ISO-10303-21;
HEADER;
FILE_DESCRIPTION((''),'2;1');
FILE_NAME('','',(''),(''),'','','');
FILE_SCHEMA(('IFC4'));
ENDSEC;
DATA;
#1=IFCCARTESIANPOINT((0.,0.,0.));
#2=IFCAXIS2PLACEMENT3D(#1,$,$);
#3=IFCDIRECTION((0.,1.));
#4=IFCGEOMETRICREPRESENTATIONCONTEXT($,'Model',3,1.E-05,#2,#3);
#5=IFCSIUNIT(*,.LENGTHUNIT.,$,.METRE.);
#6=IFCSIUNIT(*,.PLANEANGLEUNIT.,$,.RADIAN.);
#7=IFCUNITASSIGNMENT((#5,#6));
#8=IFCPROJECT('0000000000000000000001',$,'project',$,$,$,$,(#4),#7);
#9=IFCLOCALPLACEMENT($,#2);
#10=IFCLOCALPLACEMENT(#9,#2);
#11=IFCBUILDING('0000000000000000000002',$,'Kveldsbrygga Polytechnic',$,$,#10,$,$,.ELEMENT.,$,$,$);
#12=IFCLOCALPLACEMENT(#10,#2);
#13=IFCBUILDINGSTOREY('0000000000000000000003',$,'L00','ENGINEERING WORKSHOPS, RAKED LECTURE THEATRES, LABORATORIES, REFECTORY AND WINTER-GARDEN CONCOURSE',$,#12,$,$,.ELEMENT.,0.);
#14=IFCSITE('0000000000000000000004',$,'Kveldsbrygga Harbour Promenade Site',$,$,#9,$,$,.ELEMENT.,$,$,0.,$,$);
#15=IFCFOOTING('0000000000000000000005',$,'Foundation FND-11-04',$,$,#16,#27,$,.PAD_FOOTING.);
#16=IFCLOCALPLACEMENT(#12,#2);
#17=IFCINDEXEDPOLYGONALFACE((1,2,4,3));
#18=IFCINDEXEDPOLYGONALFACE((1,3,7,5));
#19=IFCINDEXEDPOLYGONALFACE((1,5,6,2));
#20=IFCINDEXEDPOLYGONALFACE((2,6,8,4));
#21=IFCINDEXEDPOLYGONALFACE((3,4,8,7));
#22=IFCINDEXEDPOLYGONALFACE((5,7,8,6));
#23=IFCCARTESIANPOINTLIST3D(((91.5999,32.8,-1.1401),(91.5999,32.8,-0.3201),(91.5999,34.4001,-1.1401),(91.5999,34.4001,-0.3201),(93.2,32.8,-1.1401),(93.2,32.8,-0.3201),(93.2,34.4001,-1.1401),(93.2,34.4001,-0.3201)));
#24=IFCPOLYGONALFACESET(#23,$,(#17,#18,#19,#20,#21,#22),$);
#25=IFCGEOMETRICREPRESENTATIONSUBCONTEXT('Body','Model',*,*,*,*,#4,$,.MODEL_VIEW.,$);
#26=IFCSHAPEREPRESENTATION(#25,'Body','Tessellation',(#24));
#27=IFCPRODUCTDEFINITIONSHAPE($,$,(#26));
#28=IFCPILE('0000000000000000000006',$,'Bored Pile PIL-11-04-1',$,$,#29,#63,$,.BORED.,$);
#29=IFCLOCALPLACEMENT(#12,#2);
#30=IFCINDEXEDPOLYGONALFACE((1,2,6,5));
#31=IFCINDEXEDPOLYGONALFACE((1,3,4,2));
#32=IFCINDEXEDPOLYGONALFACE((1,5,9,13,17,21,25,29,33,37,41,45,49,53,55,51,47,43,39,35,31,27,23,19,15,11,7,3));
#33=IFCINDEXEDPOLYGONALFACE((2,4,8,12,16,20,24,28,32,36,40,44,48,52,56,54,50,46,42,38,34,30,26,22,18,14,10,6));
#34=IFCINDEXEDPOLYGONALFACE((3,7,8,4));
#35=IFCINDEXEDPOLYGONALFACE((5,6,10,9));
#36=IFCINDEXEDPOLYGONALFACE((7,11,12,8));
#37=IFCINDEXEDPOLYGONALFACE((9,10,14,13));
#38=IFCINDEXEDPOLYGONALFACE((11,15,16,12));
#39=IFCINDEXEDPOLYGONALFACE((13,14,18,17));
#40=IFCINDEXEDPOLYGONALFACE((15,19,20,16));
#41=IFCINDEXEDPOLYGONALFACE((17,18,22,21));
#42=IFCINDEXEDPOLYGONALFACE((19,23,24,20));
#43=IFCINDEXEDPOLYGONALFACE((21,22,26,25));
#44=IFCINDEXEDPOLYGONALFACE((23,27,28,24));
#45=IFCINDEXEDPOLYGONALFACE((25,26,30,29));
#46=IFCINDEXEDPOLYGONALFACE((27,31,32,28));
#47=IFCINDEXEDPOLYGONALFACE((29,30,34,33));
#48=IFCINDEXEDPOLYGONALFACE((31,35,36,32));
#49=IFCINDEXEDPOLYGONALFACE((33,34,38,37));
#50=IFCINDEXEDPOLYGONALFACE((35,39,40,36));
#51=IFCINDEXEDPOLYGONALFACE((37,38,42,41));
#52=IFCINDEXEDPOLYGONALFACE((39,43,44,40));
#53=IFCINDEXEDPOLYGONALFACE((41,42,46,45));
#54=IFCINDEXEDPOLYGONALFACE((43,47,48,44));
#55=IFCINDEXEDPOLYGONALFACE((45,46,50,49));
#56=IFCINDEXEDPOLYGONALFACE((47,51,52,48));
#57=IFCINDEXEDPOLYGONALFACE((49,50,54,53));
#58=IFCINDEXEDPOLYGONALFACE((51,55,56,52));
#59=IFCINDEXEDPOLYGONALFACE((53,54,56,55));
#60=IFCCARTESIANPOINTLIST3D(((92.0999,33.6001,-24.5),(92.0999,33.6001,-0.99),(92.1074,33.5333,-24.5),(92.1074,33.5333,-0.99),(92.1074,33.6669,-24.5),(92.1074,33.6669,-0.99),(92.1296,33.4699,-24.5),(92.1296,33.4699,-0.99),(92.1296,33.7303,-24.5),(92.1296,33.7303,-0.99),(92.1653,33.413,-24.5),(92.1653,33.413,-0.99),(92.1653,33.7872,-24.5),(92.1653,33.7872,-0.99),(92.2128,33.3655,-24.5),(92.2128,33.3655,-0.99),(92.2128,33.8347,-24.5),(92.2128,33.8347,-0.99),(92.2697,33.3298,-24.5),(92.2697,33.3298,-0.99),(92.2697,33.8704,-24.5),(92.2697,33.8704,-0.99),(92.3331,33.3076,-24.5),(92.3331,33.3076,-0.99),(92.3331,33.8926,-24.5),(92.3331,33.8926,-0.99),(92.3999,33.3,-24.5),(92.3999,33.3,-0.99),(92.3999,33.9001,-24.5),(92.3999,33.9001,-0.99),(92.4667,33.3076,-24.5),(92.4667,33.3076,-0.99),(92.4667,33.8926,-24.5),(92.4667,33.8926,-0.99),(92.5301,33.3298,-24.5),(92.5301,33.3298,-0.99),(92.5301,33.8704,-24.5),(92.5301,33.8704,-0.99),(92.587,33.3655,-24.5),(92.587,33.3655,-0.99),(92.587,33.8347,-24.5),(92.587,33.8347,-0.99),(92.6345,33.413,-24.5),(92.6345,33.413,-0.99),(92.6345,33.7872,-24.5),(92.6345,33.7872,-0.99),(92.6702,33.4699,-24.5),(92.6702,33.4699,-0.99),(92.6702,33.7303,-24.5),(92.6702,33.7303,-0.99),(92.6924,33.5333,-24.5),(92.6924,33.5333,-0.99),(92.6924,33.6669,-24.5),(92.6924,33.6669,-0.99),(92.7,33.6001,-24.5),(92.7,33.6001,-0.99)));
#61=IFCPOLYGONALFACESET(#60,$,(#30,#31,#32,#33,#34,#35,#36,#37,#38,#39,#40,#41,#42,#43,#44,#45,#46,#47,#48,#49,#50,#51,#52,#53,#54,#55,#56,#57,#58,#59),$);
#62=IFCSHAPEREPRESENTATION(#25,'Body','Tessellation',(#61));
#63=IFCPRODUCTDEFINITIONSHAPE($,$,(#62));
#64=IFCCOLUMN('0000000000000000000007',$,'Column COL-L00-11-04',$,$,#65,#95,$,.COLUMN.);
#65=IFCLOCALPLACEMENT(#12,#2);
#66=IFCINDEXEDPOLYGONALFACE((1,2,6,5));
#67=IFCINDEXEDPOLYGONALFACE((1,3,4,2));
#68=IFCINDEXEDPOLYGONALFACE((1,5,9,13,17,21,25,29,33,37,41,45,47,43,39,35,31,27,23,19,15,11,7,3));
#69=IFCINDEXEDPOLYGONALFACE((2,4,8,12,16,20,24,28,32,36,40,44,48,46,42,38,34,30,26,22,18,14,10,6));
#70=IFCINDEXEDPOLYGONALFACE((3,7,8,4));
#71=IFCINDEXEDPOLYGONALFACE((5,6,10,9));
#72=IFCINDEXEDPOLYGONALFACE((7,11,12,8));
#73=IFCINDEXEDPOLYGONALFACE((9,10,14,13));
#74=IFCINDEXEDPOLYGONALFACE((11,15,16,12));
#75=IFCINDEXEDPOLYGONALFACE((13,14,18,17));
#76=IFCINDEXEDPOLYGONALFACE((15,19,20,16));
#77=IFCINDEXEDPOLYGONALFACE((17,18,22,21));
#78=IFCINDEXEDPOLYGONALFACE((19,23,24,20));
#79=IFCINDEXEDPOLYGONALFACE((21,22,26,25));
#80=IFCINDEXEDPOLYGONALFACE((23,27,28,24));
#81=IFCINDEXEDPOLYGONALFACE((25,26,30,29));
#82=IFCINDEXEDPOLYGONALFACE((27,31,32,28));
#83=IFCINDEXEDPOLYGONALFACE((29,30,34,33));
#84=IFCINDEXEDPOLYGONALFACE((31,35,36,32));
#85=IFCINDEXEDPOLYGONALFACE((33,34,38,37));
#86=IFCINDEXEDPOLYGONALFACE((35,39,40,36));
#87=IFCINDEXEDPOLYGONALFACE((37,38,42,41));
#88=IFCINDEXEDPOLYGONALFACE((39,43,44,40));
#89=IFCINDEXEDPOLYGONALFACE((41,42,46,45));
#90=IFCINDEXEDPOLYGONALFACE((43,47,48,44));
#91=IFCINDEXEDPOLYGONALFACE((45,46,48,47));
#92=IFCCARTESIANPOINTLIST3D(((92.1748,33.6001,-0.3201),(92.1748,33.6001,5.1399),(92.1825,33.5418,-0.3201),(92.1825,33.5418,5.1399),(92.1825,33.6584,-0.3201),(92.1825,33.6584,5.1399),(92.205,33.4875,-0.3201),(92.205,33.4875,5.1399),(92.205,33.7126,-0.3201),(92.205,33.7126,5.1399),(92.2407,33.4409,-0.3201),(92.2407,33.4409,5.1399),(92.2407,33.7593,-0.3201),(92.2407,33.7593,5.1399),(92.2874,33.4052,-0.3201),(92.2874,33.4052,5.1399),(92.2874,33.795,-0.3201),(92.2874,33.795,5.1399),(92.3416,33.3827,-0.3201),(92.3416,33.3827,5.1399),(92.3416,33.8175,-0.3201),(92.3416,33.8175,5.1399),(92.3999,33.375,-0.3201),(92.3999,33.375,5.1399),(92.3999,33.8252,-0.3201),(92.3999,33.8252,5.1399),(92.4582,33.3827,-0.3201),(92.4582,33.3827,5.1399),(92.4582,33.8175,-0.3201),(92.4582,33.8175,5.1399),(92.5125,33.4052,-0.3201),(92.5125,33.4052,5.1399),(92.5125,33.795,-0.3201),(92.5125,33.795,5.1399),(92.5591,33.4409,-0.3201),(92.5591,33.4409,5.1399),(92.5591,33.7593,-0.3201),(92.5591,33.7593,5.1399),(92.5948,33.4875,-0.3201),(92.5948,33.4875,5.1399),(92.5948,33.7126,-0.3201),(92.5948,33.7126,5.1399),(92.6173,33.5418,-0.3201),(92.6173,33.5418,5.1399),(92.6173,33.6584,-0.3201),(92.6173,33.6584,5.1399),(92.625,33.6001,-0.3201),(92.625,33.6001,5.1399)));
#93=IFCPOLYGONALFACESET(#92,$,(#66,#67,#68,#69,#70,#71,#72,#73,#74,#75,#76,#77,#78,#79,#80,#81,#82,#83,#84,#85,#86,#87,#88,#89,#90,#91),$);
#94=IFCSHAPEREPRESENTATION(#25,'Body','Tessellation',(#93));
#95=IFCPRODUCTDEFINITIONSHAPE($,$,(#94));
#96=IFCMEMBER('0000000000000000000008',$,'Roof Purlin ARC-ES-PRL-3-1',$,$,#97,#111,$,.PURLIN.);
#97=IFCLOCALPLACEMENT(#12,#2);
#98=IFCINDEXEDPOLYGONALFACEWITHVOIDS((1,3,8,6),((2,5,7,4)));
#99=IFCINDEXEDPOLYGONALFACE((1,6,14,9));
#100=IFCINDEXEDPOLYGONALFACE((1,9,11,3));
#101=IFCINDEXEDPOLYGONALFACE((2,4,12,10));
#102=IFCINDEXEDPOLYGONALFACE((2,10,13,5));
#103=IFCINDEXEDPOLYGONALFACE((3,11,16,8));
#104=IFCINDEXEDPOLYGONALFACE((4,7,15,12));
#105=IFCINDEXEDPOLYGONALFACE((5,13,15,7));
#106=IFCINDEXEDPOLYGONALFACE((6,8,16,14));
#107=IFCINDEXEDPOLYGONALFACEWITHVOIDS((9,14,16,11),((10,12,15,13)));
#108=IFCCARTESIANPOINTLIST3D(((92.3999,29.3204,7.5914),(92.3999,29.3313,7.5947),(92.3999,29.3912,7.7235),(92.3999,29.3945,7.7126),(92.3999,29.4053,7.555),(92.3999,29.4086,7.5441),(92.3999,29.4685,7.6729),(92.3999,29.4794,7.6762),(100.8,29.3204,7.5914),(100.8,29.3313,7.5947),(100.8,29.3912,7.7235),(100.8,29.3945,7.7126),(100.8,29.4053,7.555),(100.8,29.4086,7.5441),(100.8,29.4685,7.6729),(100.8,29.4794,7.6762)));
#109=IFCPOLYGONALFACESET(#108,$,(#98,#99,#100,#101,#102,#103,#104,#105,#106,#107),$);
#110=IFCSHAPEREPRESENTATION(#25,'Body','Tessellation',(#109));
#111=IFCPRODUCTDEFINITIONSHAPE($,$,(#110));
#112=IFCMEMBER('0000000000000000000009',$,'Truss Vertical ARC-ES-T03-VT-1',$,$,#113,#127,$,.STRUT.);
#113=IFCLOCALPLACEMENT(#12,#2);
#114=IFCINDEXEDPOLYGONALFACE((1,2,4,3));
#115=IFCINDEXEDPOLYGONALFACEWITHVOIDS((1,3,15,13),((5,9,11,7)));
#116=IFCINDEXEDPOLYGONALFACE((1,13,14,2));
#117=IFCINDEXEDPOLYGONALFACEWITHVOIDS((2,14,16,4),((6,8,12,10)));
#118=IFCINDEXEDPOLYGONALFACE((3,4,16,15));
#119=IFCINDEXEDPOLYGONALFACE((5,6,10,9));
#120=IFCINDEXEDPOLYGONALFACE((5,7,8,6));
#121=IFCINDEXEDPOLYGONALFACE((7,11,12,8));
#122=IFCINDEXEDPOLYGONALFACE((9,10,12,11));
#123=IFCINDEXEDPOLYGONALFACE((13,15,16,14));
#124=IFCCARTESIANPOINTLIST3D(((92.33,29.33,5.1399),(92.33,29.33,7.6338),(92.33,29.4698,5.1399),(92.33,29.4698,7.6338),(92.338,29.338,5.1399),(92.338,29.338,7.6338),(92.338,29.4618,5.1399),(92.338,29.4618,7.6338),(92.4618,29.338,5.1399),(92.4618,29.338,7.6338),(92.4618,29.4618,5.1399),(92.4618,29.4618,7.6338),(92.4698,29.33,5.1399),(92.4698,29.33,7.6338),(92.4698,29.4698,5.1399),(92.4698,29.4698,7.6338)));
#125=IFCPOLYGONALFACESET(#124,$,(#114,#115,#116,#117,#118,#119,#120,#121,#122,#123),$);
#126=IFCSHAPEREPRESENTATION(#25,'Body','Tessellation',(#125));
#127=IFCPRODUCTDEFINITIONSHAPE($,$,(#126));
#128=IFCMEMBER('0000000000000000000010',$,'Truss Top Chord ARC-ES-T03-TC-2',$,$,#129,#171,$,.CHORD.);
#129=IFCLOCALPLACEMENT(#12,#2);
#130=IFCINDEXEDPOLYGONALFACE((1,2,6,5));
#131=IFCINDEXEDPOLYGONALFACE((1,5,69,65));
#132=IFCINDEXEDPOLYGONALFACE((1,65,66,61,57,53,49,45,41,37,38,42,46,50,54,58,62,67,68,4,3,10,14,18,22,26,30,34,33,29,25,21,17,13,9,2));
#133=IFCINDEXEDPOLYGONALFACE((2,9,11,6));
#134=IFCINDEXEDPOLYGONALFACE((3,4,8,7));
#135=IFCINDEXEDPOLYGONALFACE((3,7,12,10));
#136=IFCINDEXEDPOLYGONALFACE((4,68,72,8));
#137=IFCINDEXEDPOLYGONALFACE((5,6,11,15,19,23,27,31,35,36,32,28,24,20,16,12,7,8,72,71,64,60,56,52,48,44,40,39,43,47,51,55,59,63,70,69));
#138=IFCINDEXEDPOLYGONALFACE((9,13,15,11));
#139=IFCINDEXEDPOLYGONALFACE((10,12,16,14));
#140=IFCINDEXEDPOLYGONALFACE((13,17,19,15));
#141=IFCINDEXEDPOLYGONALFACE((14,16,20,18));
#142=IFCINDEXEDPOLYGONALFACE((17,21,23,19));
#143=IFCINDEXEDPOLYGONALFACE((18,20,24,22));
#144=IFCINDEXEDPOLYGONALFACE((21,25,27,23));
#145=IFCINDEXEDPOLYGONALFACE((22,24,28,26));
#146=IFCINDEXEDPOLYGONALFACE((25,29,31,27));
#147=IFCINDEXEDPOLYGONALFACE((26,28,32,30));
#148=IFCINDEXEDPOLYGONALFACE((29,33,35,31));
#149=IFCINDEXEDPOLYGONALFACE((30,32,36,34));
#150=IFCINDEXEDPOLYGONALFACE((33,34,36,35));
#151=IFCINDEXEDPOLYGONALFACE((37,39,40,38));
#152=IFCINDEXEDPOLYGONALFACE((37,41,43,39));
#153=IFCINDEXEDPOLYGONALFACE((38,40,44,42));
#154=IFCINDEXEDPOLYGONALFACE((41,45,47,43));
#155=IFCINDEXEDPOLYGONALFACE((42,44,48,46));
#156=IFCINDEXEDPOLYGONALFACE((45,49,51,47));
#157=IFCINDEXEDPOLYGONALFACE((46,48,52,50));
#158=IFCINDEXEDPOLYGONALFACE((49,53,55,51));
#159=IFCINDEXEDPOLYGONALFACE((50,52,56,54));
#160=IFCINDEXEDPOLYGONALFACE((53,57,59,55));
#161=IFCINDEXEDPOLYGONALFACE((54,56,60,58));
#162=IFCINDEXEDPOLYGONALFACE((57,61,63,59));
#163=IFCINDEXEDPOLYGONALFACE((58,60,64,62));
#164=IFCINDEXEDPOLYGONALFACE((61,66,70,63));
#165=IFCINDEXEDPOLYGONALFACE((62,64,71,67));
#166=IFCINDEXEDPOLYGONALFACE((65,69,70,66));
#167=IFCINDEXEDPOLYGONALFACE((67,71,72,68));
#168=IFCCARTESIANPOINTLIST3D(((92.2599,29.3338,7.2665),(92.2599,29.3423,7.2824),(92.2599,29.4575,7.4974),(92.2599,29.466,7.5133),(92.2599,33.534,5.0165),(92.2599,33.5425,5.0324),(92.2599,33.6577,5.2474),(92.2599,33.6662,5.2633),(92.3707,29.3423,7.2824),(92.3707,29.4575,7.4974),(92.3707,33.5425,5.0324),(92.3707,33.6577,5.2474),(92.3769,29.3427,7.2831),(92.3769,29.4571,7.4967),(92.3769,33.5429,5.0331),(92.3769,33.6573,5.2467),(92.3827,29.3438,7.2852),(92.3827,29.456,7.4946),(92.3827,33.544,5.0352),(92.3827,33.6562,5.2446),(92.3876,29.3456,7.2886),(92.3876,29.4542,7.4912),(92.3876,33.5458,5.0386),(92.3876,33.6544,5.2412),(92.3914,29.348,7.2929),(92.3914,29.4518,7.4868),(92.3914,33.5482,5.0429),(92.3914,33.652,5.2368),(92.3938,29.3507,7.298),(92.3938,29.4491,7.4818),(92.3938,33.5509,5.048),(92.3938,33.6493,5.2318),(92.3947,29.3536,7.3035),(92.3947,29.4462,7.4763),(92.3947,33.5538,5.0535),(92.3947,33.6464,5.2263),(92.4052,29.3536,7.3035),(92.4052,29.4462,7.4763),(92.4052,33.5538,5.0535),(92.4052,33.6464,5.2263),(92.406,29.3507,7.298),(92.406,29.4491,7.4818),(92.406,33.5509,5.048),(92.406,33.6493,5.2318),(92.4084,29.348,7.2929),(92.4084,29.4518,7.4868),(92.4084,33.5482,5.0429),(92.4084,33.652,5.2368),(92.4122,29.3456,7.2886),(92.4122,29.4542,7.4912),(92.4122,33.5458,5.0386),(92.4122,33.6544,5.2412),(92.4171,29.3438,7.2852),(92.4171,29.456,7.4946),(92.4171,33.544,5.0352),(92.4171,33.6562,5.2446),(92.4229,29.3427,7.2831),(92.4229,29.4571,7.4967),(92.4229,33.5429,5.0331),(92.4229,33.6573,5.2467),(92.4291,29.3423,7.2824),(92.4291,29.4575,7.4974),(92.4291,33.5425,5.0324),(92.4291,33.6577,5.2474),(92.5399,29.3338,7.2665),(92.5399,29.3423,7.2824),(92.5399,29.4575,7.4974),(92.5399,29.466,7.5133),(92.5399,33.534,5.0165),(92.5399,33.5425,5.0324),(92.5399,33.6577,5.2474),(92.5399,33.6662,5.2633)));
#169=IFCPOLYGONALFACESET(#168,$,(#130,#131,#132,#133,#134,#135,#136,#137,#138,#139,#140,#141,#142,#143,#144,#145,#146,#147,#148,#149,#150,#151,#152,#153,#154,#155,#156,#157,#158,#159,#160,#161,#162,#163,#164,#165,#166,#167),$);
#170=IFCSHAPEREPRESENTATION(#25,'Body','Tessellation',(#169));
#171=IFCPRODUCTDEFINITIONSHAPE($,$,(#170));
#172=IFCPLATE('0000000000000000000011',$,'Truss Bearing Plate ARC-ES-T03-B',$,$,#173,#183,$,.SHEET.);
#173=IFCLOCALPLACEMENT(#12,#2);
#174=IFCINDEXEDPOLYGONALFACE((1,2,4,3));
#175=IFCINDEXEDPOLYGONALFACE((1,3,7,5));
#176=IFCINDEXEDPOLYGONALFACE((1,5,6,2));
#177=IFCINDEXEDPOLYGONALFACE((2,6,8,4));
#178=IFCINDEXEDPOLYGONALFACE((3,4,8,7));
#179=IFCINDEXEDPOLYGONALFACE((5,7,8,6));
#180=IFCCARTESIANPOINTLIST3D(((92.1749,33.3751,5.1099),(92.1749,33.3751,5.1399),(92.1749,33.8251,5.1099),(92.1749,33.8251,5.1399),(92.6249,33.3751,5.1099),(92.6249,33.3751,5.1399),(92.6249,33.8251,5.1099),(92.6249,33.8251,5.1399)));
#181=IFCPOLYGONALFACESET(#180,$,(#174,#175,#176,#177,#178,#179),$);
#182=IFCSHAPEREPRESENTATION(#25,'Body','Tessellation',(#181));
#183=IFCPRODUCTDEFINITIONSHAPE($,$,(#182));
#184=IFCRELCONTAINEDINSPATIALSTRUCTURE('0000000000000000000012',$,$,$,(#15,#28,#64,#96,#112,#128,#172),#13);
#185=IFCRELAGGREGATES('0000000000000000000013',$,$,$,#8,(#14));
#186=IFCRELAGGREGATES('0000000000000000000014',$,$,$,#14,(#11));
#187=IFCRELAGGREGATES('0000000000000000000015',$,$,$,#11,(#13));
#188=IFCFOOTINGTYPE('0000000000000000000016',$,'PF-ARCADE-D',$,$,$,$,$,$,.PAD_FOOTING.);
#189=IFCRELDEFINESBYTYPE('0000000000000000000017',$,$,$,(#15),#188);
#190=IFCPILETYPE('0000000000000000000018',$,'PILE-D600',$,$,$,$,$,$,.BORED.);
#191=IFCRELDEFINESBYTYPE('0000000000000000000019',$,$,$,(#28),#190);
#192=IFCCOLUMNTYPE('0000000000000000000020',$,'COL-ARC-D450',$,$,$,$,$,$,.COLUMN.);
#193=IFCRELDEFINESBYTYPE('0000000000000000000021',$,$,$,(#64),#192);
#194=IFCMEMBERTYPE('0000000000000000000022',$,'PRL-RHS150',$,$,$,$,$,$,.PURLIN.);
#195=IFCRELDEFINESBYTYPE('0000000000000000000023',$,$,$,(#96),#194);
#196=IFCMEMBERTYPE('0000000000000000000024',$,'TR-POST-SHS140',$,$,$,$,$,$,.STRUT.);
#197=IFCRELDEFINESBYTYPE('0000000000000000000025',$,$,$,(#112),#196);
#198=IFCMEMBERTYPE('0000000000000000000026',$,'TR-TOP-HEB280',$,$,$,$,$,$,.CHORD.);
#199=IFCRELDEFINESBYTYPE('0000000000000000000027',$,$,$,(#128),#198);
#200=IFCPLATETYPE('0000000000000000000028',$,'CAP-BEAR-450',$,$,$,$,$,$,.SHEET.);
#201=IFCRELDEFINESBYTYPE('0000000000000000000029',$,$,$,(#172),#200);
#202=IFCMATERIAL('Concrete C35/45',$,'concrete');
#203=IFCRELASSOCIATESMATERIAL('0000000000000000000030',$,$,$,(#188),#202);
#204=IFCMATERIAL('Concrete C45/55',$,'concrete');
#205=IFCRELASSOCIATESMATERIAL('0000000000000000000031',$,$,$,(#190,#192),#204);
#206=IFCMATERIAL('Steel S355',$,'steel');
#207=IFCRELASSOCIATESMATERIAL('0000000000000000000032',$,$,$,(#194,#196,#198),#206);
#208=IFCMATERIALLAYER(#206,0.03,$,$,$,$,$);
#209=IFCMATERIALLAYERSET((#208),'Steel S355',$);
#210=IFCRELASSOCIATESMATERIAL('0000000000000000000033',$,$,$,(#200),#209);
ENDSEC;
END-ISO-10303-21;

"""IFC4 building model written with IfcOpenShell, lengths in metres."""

from ifc_helpers import new_model, si_unit, direction, frame, origin, origin_2d, place, context, subcontext, project, spatial, rectangle, hollow_rectangle, circle, i_section, extrude, material, layer, layer_set, material_profile, profile_set, type_object, element, save


model = new_model("IFC4")

# Units and contexts
model_context = context("Model", 3, precision=1e-05, world=origin(), true_north=direction((0.0, 1.0)))
body_context = subcontext(model_context, "Body", "Model", "MODEL_VIEW")
ifc_project = project(units=[si_unit("LENGTHUNIT", "METRE"), si_unit("PLANEANGLEUNIT", "RADIAN")], contexts=[model_context])

# Site, building, storey
site_placement = place(None, origin())
site = spatial("IfcSite", under=ifc_project, at=site_placement, Name="Kveldsbrygga Harbour Promenade Site", CompositionType="ELEMENT", RefElevation=0.0)
building_placement = place(site_placement, origin())
building = spatial("IfcBuilding", under=site, at=building_placement, Name="Kveldsbrygga Polytechnic", CompositionType="ELEMENT")
storey_placement = place(building_placement, origin())
storey = spatial("IfcBuildingStorey", under=building, at=storey_placement, Name="L00", Description="ENGINEERING WORKSHOPS, RAKED LECTURE THEATRES, LABORATORIES, REFECTORY AND WINTER-GARDEN CONCOURSE", CompositionType="ELEMENT", Elevation=0.0)

# Footing
ifc_material_1 = material(Name="Concrete C35/45", Category="concrete")
footing_type = type_object("IfcFootingType", Name="PF-ARCADE-D", PredefinedType="PAD_FOOTING", material=ifc_material_1)
footing_placement = place(storey_placement, frame((92.3999, 33.6001, -1.1401), z_axis=(0.0, 0.0, 1.0), x_axis=(1.0, 0.0, 0.0)))
element("IfcFooting", 1, at=footing_placement, inside=storey, type_object=footing_type, Name="Foundation FND-11-04", PredefinedType="PAD_FOOTING", context=body_context, shape_type="SweptSolid", body=[
    extrude(rectangle(XDim=1.6001, YDim=1.6001, at=origin_2d()), origin(), (0.0, 0.0, 1.0), 0.8201),
])

# Pile
ifc_material_2 = material(Name="Concrete C45/55", Category="concrete")
ifc_material_profile_1 = material_profile(ifc_material_2, circle(Radius=0.3, at=origin_2d()), Name="PILE D600")
ifc_profile_set_1 = profile_set([ifc_material_profile_1], Name="Concrete C45/55")
pile_type = type_object("IfcPileType", Name="PILE-D600", PredefinedType="BORED", material=ifc_profile_set_1)
pile_placement = place(storey_placement, frame((92.3999, 33.6001, -0.99), z_axis=(0.0, 0.0, -1.0), x_axis=(1.0, 0.0, 0.0)))
element("IfcPile", 2, at=pile_placement, inside=storey, type_object=pile_type, Name="Bored Pile PIL-11-04-1", PredefinedType="BORED", context=body_context, shape_type="SweptSolid", body=[
    extrude(circle(Radius=0.3, at=origin_2d()), origin(), (0.0, 0.0, 1.0), 23.51),
])

# Column
ifc_material_profile_2 = material_profile(ifc_material_2, circle(Radius=0.2251, at=origin_2d()), Name="RC D450")
ifc_profile_set_2 = profile_set([ifc_material_profile_2], Name="Concrete C45/55")
column_type = type_object("IfcColumnType", Name="COL-ARC-D450", PredefinedType="COLUMN", material=ifc_profile_set_2)
column_placement = place(storey_placement, frame((92.3999, 33.6001, -0.3201), z_axis=(0.0, 0.0, 1.0), x_axis=(1.0, 0.0, 0.0)))
element("IfcColumn", 3, at=column_placement, inside=storey, type_object=column_type, Name="Column COL-L00-11-04", PredefinedType="COLUMN", context=body_context, shape_type="SweptSolid", body=[
    extrude(circle(Radius=0.2251, at=origin_2d()), origin(), (0.0, 0.0, 1.0), 5.46),
])

# Members
ifc_material_3 = material(Name="Steel S355", Category="steel")
ifc_material_profile_3 = material_profile(ifc_material_3, hollow_rectangle(XDim=0.1001, YDim=0.1499, WallThickness=0.0081, at=origin_2d()), Name="RHS 150x100x8.0")
ifc_profile_set_3 = profile_set([ifc_material_profile_3], Name="Steel S355")
member_type_1 = type_object("IfcMemberType", Name="PRL-RHS150", PredefinedType="PURLIN", material=ifc_profile_set_3)
member_1_placement = place(storey_placement, frame((92.3999, 29.3999, 7.6338), z_axis=(1.0, 0.0, 0.0), x_axis=(0.0, 0.88148, -0.472222)))
element("IfcMember", 4, at=member_1_placement, inside=storey, type_object=member_type_1, Name="Roof Purlin ARC-ES-PRL-3-1", PredefinedType="PURLIN", context=body_context, shape_type="SweptSolid", body=[
    extrude(hollow_rectangle(XDim=0.1001, YDim=0.1499, WallThickness=0.0081, at=origin_2d()), origin(), (0.0, 0.0, 1.0), 8.4001),
])
ifc_material_profile_4 = material_profile(ifc_material_3, hollow_rectangle(XDim=0.1399, YDim=0.1399, WallThickness=0.0081, at=origin_2d()), Name="SHS 140x140x8.0")
ifc_profile_set_4 = profile_set([ifc_material_profile_4], Name="Steel S355")
member_type_2 = type_object("IfcMemberType", Name="TR-POST-SHS140", PredefinedType="STRUT", material=ifc_profile_set_4)
member_2_placement = place(storey_placement, frame((92.3999, 29.3999, 5.1399), z_axis=(0.0, 0.0, 1.0), x_axis=(1.0, 0.0, 0.0)))
element("IfcMember", 5, at=member_2_placement, inside=storey, type_object=member_type_2, Name="Truss Vertical ARC-ES-T03-VT-1", PredefinedType="STRUT", context=body_context, shape_type="SweptSolid", body=[
    extrude(hollow_rectangle(XDim=0.1399, YDim=0.1399, WallThickness=0.0081, at=origin_2d()), origin(), (0.0, 0.0, 1.0), 2.4939),
])
ifc_material_profile_5 = material_profile(ifc_material_3, i_section(OverallWidth=0.28, OverallDepth=0.28, WebThickness=0.0105, FlangeThickness=0.0181, FilletRadius=0.0239, at=origin_2d()), Name="HEB 280")
ifc_profile_set_5 = profile_set([ifc_material_profile_5], Name="Steel S355")
member_type_3 = type_object("IfcMemberType", Name="TR-TOP-HEB280", PredefinedType="CHORD", material=ifc_profile_set_5)
member_3_placement = place(storey_placement, frame((92.3999, 29.3999, 7.3899), z_axis=(0.0, 0.881489, -0.472204), x_axis=(-1.0, 0.0, 0.0)))
element("IfcMember", 6, at=member_3_placement, inside=storey, type_object=member_type_3, Name="Truss Top Chord ARC-ES-T03-TC-2", PredefinedType="CHORD", context=body_context, shape_type="SweptSolid", body=[
    extrude(i_section(OverallWidth=0.28, OverallDepth=0.28, WebThickness=0.0105, FlangeThickness=0.0181, FilletRadius=0.0239, at=origin_2d()), origin(), (0.0, 0.0, 1.0), 4.7649),
])

# Plate
ifc_layer_1 = layer(ifc_material_3, 0.03)
ifc_layer_set_1 = layer_set([ifc_layer_1], Name="Steel S355")
plate_type_1 = type_object("IfcPlateType", Name="CAP-BEAR-450", PredefinedType="SHEET", material=ifc_layer_set_1)
plate_1_placement = place(storey_placement, frame((92.3999, 33.6001, 5.1099), z_axis=(0.0, 0.0, 1.0), x_axis=(1.0, 0.0, 0.0)))
element("IfcPlate", 7, at=plate_1_placement, inside=storey, type_object=plate_type_1, Name="Truss Bearing Plate ARC-ES-T03-B", PredefinedType="SHEET", context=body_context, shape_type="SweptSolid", body=[
    extrude(rectangle(XDim=0.45, YDim=0.45, at=origin_2d()), origin(), (0.0, 0.0, 1.0), 0.03),
])

save(model, "model.ifc")
